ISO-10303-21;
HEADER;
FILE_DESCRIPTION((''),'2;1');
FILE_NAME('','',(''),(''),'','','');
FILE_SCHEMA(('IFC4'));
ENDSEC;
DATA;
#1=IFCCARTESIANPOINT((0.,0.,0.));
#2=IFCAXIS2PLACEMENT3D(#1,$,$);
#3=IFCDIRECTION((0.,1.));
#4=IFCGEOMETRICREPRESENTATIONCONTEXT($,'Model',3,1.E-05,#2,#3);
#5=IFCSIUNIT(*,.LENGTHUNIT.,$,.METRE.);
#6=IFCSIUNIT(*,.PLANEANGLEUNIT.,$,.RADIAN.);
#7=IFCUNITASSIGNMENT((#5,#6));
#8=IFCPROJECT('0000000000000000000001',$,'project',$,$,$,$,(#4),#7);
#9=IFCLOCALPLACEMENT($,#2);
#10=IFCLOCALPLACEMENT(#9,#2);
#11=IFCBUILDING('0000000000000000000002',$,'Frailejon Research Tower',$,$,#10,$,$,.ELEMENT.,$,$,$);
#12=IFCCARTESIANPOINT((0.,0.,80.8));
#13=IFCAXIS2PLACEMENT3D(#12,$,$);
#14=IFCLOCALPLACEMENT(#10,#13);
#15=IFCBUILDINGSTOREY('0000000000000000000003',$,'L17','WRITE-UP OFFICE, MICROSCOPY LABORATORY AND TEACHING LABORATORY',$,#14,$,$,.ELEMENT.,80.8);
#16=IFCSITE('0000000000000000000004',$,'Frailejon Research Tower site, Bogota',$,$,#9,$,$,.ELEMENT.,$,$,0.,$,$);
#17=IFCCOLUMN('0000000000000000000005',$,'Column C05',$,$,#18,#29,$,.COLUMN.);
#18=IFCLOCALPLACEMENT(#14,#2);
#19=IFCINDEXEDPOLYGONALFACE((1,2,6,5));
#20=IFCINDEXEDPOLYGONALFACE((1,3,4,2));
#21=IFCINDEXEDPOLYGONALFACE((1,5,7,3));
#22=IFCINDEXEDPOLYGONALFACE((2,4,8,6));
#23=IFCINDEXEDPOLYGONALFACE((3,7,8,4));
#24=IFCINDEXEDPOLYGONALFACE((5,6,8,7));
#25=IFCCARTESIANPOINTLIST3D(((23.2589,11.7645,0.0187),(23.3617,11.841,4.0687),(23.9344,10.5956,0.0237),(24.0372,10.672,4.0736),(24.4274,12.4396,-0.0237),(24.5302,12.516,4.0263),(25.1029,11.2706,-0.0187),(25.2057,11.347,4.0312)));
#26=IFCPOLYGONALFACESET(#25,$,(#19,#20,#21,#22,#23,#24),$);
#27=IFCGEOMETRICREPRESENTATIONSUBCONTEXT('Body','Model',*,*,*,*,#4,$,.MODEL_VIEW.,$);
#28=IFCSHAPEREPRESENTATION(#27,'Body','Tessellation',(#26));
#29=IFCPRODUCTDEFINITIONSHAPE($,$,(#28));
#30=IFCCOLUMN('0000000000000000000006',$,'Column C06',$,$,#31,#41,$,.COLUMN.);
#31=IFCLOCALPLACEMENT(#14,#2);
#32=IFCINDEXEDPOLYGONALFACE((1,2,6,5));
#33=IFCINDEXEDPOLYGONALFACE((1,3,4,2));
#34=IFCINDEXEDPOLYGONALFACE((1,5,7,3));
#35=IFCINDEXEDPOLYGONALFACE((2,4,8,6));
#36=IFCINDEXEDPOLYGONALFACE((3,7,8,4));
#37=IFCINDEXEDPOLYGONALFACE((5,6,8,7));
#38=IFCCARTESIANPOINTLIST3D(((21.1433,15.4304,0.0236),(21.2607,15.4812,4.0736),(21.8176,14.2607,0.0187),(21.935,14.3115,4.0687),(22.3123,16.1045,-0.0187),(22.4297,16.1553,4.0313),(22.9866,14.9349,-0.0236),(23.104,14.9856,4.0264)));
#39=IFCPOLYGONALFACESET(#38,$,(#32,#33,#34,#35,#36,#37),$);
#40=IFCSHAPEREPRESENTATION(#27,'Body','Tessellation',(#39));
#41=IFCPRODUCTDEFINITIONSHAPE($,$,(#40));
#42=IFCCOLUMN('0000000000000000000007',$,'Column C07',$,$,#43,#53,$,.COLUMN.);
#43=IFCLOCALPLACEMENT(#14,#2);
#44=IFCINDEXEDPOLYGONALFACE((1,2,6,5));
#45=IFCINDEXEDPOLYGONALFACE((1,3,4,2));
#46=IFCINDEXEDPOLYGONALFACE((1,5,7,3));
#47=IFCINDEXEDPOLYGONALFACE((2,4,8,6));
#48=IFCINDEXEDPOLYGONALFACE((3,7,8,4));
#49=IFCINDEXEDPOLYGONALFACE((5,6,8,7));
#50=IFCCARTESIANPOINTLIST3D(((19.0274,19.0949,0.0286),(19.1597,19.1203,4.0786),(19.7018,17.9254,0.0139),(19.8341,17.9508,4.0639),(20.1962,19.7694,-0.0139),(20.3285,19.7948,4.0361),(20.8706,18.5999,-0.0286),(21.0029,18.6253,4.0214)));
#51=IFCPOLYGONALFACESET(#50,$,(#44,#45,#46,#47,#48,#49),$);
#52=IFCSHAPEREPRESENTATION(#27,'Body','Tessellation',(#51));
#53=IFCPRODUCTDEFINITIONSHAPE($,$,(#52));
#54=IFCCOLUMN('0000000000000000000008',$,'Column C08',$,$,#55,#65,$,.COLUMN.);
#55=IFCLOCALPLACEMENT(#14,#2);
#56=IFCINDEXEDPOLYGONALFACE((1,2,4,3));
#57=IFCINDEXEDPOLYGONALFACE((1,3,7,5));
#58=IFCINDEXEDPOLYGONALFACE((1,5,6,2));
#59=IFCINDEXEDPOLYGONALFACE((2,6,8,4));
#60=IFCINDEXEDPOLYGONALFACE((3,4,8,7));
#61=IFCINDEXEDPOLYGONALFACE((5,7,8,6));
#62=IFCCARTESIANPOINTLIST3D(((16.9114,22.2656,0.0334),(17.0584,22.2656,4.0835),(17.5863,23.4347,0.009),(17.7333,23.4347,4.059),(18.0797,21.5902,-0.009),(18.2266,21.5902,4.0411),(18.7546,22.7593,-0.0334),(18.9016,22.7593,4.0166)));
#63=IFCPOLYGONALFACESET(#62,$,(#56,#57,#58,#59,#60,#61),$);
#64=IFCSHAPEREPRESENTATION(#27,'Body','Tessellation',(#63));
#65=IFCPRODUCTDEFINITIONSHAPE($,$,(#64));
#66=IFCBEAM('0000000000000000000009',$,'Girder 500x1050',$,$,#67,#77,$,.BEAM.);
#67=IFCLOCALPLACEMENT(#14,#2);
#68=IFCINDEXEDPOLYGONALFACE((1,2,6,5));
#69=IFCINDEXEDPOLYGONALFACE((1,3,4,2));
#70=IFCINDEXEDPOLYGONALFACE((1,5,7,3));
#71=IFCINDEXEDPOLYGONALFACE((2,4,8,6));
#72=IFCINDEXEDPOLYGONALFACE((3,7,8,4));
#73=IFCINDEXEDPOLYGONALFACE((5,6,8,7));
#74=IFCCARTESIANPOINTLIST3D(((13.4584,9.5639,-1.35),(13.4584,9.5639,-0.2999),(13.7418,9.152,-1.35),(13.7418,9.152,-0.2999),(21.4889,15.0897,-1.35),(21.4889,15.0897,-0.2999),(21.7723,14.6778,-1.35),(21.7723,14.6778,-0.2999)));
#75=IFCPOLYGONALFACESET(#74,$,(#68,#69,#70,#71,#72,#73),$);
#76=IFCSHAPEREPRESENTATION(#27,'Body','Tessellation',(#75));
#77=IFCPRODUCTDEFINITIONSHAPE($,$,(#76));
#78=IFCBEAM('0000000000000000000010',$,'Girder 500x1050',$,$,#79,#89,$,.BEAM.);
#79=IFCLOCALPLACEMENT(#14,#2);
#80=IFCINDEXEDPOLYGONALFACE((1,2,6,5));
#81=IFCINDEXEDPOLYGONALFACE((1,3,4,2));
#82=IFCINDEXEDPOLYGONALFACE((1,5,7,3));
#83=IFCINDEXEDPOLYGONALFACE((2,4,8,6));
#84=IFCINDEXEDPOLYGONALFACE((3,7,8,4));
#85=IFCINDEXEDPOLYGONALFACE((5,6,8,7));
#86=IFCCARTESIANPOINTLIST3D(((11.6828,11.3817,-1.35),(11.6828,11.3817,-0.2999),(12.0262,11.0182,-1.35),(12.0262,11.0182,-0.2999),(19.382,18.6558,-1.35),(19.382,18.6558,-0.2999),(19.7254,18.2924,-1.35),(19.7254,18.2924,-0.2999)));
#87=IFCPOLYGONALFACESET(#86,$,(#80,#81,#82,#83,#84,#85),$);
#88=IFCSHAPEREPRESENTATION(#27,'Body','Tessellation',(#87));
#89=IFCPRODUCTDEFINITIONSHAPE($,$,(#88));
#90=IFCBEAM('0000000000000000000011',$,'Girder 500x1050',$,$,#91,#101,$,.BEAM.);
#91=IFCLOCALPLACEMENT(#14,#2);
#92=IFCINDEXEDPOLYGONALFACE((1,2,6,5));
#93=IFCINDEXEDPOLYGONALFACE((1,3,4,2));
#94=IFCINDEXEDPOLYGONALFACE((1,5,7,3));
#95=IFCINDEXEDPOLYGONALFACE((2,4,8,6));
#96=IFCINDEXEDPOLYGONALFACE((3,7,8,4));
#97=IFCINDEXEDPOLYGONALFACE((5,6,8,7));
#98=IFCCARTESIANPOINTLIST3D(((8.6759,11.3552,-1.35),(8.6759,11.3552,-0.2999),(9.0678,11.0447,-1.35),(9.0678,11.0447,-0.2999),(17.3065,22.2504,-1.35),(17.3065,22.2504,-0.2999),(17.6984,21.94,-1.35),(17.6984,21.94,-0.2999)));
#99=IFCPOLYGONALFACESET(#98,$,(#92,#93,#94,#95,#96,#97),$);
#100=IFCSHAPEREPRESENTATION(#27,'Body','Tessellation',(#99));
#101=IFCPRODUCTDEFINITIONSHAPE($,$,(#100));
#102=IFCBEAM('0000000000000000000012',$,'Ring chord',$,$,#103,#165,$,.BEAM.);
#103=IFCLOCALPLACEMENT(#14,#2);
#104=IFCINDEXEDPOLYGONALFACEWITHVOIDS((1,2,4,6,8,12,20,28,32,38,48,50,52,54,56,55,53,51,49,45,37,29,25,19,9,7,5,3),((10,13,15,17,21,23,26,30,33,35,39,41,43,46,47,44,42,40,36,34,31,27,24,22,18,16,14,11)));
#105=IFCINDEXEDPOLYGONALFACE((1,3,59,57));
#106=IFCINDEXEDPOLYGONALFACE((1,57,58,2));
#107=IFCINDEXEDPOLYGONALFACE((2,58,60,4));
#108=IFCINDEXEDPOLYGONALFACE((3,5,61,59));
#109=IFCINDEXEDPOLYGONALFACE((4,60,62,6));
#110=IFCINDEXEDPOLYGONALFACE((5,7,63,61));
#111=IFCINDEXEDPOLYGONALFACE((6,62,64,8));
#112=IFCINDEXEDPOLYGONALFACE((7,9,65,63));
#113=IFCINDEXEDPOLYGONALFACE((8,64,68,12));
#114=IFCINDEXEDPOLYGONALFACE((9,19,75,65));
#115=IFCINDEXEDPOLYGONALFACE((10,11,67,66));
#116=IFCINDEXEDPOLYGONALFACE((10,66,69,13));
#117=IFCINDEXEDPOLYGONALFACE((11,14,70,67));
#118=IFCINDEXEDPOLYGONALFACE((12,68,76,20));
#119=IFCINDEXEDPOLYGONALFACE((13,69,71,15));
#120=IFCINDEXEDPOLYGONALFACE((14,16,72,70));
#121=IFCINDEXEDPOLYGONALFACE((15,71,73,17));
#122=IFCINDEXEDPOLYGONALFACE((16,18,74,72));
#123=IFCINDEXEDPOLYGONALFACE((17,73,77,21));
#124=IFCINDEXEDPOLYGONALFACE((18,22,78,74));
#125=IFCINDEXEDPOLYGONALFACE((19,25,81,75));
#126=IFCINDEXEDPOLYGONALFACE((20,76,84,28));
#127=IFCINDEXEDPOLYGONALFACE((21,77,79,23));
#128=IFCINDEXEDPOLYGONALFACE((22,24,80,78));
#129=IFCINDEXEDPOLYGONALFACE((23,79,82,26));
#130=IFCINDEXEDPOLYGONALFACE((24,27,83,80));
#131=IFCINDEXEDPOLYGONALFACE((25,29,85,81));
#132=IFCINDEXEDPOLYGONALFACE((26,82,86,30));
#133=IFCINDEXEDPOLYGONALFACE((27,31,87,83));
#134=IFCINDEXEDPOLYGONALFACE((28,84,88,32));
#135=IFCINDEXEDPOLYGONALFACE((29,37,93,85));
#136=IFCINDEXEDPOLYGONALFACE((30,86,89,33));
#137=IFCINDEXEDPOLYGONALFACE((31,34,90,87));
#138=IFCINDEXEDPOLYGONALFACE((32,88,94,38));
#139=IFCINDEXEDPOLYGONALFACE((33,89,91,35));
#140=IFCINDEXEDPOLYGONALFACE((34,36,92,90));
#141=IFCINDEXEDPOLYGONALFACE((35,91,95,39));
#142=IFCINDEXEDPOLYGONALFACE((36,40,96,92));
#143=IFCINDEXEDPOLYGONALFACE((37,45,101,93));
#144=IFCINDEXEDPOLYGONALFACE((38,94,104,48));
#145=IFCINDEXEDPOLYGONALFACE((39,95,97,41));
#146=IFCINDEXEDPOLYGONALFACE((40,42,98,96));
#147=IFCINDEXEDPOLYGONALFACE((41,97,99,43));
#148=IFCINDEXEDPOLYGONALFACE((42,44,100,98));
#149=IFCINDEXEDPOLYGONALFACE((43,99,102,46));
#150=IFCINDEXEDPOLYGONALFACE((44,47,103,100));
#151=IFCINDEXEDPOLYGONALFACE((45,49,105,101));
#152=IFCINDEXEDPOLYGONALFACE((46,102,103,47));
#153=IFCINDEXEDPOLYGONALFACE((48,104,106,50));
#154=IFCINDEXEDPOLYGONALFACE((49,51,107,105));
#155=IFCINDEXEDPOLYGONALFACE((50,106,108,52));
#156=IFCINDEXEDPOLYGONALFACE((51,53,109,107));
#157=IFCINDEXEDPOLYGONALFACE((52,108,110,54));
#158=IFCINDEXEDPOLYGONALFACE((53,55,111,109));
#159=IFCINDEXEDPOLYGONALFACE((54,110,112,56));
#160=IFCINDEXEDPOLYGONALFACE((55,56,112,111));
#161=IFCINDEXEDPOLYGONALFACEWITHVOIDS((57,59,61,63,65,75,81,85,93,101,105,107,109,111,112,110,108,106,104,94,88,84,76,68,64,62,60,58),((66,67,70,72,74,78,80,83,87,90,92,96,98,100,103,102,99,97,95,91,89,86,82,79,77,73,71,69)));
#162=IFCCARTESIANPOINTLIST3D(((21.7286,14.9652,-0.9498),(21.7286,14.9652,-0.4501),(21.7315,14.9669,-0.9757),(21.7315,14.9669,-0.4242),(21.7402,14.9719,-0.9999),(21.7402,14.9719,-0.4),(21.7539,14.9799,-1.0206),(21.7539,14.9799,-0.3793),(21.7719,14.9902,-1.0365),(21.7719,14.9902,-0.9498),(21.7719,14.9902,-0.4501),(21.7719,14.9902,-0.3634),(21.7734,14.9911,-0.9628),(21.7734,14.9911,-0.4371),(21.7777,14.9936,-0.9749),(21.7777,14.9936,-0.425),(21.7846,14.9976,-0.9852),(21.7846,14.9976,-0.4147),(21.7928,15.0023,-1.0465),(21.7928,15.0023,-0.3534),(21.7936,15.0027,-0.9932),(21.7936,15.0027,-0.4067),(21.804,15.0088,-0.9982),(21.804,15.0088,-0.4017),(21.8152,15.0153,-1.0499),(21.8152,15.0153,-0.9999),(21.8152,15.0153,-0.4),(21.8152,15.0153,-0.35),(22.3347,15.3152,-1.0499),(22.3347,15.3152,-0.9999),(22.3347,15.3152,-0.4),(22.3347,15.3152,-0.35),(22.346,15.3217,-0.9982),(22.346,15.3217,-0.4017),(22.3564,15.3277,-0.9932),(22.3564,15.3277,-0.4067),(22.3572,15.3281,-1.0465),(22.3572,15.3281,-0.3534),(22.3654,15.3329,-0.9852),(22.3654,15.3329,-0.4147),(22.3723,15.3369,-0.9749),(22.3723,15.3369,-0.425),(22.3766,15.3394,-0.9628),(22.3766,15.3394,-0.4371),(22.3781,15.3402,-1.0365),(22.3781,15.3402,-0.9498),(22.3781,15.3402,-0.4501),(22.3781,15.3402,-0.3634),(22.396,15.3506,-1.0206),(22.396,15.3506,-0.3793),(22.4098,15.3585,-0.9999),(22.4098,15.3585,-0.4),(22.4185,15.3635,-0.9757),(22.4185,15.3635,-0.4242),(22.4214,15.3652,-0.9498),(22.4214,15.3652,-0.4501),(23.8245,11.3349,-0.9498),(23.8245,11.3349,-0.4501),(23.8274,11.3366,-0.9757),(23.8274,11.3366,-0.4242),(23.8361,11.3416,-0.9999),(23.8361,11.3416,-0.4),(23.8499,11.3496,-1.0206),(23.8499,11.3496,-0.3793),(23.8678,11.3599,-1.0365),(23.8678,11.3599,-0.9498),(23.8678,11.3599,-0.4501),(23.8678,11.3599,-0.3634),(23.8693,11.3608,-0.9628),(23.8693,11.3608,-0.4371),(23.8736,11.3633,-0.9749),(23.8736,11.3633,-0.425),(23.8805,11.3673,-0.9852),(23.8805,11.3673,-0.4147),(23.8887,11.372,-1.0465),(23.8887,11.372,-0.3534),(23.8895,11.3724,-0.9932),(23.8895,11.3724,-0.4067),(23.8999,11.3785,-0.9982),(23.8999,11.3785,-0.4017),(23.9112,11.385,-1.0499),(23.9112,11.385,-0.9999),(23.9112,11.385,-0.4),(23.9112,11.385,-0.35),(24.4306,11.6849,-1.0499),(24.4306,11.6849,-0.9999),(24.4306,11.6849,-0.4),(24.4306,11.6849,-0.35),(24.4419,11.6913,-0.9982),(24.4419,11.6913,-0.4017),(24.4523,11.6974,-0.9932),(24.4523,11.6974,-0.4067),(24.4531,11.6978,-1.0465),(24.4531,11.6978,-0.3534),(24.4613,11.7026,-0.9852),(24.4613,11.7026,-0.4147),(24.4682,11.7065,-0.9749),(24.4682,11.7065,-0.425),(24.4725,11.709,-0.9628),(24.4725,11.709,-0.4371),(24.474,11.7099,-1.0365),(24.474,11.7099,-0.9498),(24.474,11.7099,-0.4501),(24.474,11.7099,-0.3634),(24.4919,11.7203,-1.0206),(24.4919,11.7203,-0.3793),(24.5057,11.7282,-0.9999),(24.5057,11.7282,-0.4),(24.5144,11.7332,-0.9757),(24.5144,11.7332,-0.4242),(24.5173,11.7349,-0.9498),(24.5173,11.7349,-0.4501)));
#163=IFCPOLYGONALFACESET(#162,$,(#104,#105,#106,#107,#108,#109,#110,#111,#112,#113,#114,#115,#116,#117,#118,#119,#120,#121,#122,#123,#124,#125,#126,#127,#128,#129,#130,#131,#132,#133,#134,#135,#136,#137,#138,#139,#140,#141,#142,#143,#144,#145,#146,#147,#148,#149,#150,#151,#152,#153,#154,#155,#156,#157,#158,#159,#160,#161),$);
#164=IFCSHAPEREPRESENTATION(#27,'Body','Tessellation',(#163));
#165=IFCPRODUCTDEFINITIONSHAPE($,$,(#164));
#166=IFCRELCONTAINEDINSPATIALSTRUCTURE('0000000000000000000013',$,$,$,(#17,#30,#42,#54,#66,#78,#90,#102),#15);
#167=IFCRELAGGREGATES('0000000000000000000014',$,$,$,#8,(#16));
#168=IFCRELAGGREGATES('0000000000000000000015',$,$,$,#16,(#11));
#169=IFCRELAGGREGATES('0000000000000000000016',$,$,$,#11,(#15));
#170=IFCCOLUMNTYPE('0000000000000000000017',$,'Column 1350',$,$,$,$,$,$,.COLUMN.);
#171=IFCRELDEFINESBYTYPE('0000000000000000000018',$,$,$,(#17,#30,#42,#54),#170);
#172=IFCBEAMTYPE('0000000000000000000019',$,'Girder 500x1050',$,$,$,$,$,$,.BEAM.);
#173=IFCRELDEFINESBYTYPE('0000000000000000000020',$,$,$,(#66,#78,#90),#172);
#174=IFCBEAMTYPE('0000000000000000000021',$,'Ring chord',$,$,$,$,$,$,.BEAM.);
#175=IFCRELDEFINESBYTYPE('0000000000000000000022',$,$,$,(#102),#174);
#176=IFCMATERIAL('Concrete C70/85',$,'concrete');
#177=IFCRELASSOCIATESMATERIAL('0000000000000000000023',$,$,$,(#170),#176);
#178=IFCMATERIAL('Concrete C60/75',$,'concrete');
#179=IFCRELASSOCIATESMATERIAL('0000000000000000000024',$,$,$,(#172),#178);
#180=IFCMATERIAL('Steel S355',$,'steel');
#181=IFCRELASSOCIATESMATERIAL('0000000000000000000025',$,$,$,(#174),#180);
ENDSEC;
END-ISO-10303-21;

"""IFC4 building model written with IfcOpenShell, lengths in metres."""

from ifc_helpers import new_model, si_unit, direction, frame, origin, origin_2d, place, context, subcontext, project, spatial, rectangle, hollow_rectangle, extrude, material, material_profile, profile_set, type_object, element, save


model = new_model("IFC4")

# Units and contexts
model_context = context("Model", 3, precision=1e-05, world=origin(), true_north=direction((0.0, 1.0)))
body_context = subcontext(model_context, "Body", "Model", "MODEL_VIEW")
ifc_project = project(units=[si_unit("LENGTHUNIT", "METRE"), si_unit("PLANEANGLEUNIT", "RADIAN")], contexts=[model_context])

# Site, building, storey
site_placement = place(None, origin())
site = spatial("IfcSite", under=ifc_project, at=site_placement, Name="Frailejon Research Tower site, Bogota", CompositionType="ELEMENT", RefElevation=0.0)
building_placement = place(site_placement, origin())
building = spatial("IfcBuilding", under=site, at=building_placement, Name="Frailejon Research Tower", CompositionType="ELEMENT")
storey_placement = place(building_placement, frame((0.0, 0.0, 80.8)))
storey = spatial("IfcBuildingStorey", under=building, at=storey_placement, Name="L17", Description="WRITE-UP OFFICE, MICROSCOPY LABORATORY AND TEACHING LABORATORY", CompositionType="ELEMENT", Elevation=80.8)

# Columns
ifc_material_1 = material(Name="Concrete C70/85", Category="concrete")
ifc_material_profile_1 = material_profile(ifc_material_1, rectangle(XDim=1.3501, YDim=1.3501, at=origin_2d()), Name="Column 1350")
ifc_profile_set_1 = profile_set([ifc_material_profile_1], Name="Concrete C70/85")
column_type = type_object("IfcColumnType", Name="Column 1350", PredefinedType="COLUMN", material=ifc_profile_set_1)
for number, where, z_axis, x_axis, name in (
    (1, (24.1809, 11.5176, 0.0), (0.025366, 0.018858, 0.9995), (-0.500322, 0.865832, -0.003639), "Column C05"),
    (2, (22.0649, 15.1826, 0.0), (0.028981, 0.012532, 0.999501), (-0.49945, 0.866335, 0.003619), "Column C06"),
):
    element("IfcColumn", number, at=place(storey_placement, frame(where, z_axis=z_axis, x_axis=x_axis)), inside=storey, type_object=column_type, Name=name, PredefinedType="COLUMN", context=body_context, shape_type="SweptSolid", body=[
        extrude(rectangle(XDim=1.3501, YDim=1.3501, at=origin_2d()), origin(), (0.0, 0.0, 1.0), 4.052),
    ])
column_1_placement = place(storey_placement, frame((19.949, 18.8474, 0.0), z_axis=(0.032654, 0.006266, 0.999447), x_axis=(-0.49952, 0.866234, 0.01089)))
element("IfcColumn", 3, at=column_1_placement, inside=storey, type_object=column_type, Name="Column C07", PredefinedType="COLUMN", context=body_context, shape_type="SweptSolid", body=[
    extrude(rectangle(XDim=1.3501, YDim=1.3501, at=origin_2d()), origin(), (0.0, 0.0, 1.0), 4.0522),
])
column_2_placement = place(storey_placement, frame((17.833, 22.5125, 0.0), z_axis=(0.036265, 0.0, 0.999342), x_axis=(-0.865314, 0.500246, 0.031401)))
element("IfcColumn", 4, at=column_2_placement, inside=storey, type_object=column_type, Name="Column C08", PredefinedType="COLUMN", context=body_context, shape_type="SweptSolid", body=[
    extrude(rectangle(XDim=1.3501, YDim=1.3501, at=origin_2d()), origin(), (0.0, 0.0, 1.0), 4.0527),
])

# Beams
ifc_material_2 = material(Name="Concrete C60/75", Category="concrete")
ifc_material_profile_2 = material_profile(ifc_material_2, rectangle(XDim=0.5, YDim=1.05, at=origin_2d()), Name="Girder 500x1050")
ifc_profile_set_2 = profile_set([ifc_material_profile_2], Name="Concrete C60/75")
beam_type_1 = type_object("IfcBeamType", Name="Girder 500x1050", PredefinedType="BEAM", material=ifc_profile_set_2)
beam_1_placement = place(storey_placement, frame((21.6306, 14.8838, -0.825), z_axis=(-0.823807, -0.56687, 0.0), x_axis=(0.56687, -0.823807, 0.0)))
element("IfcBeam", 5, at=beam_1_placement, inside=storey, type_object=beam_type_1, Name="Girder 500x1050", PredefinedType="BEAM", context=body_context, shape_type="SweptSolid", body=[
    extrude(rectangle(XDim=0.5, YDim=1.05, at=origin_2d()), origin(), (0.0, 0.0, 1.0), 9.748),
])
beam_2_placement = place(storey_placement, frame((19.5537, 18.4741, -0.825), z_axis=(-0.726887, -0.686758, 0.0), x_axis=(0.686758, -0.726887, 0.0)))
element("IfcBeam", 6, at=beam_2_placement, inside=storey, type_object=beam_type_1, Name="Girder 500x1050", PredefinedType="BEAM", context=body_context, shape_type="SweptSolid", body=[
    extrude(rectangle(XDim=0.5, YDim=1.05, at=origin_2d()), origin(), (0.0, 0.0, 1.0), 10.592),
])
beam_3_placement = place(storey_placement, frame((17.5024, 22.0952, -0.825), z_axis=(-0.620933, -0.783864, 0.0), x_axis=(0.783864, -0.620933, 0.0)))
element("IfcBeam", 7, at=beam_3_placement, inside=storey, type_object=beam_type_1, Name="Girder 500x1050", PredefinedType="BEAM", context=body_context, shape_type="SweptSolid", body=[
    extrude(rectangle(XDim=0.5, YDim=1.05, at=origin_2d()), origin(), (0.0, 0.0, 1.0), 13.8994),
])
ifc_material_3 = material(Name="Steel S355", Category="steel")
ifc_material_profile_3 = material_profile(ifc_material_3, hollow_rectangle(XDim=0.8, YDim=0.7, WallThickness=0.05, InnerFilletRadius=0.05, OuterFilletRadius=0.1001, at=origin_2d()), Name="Ring chord")
ifc_profile_set_3 = profile_set([ifc_material_profile_3], Name="Steel S355")
beam_type_2 = type_object("IfcBeamType", Name="Ring chord", PredefinedType="BEAM", material=ifc_profile_set_3)
for number, where, z_axis, x_axis, name in (
    (8, (24.1709, 11.5349, -0.7), (-0.499991, 0.86603, 0.0), (-0.86603, -0.499991, 0.0), "Ring chord"),
):
    element("IfcBeam", number, at=place(storey_placement, frame(where, z_axis=z_axis, x_axis=x_axis)), inside=storey, type_object=beam_type_2, Name=name, PredefinedType="BEAM", context=body_context, shape_type="SweptSolid", body=[
        extrude(hollow_rectangle(XDim=0.8, YDim=0.7, WallThickness=0.05, InnerFilletRadius=0.05, OuterFilletRadius=0.1001, at=origin_2d()), origin(), (0.0, 0.0, 1.0), 4.1919),
    ])

save(model, "model.ifc")
